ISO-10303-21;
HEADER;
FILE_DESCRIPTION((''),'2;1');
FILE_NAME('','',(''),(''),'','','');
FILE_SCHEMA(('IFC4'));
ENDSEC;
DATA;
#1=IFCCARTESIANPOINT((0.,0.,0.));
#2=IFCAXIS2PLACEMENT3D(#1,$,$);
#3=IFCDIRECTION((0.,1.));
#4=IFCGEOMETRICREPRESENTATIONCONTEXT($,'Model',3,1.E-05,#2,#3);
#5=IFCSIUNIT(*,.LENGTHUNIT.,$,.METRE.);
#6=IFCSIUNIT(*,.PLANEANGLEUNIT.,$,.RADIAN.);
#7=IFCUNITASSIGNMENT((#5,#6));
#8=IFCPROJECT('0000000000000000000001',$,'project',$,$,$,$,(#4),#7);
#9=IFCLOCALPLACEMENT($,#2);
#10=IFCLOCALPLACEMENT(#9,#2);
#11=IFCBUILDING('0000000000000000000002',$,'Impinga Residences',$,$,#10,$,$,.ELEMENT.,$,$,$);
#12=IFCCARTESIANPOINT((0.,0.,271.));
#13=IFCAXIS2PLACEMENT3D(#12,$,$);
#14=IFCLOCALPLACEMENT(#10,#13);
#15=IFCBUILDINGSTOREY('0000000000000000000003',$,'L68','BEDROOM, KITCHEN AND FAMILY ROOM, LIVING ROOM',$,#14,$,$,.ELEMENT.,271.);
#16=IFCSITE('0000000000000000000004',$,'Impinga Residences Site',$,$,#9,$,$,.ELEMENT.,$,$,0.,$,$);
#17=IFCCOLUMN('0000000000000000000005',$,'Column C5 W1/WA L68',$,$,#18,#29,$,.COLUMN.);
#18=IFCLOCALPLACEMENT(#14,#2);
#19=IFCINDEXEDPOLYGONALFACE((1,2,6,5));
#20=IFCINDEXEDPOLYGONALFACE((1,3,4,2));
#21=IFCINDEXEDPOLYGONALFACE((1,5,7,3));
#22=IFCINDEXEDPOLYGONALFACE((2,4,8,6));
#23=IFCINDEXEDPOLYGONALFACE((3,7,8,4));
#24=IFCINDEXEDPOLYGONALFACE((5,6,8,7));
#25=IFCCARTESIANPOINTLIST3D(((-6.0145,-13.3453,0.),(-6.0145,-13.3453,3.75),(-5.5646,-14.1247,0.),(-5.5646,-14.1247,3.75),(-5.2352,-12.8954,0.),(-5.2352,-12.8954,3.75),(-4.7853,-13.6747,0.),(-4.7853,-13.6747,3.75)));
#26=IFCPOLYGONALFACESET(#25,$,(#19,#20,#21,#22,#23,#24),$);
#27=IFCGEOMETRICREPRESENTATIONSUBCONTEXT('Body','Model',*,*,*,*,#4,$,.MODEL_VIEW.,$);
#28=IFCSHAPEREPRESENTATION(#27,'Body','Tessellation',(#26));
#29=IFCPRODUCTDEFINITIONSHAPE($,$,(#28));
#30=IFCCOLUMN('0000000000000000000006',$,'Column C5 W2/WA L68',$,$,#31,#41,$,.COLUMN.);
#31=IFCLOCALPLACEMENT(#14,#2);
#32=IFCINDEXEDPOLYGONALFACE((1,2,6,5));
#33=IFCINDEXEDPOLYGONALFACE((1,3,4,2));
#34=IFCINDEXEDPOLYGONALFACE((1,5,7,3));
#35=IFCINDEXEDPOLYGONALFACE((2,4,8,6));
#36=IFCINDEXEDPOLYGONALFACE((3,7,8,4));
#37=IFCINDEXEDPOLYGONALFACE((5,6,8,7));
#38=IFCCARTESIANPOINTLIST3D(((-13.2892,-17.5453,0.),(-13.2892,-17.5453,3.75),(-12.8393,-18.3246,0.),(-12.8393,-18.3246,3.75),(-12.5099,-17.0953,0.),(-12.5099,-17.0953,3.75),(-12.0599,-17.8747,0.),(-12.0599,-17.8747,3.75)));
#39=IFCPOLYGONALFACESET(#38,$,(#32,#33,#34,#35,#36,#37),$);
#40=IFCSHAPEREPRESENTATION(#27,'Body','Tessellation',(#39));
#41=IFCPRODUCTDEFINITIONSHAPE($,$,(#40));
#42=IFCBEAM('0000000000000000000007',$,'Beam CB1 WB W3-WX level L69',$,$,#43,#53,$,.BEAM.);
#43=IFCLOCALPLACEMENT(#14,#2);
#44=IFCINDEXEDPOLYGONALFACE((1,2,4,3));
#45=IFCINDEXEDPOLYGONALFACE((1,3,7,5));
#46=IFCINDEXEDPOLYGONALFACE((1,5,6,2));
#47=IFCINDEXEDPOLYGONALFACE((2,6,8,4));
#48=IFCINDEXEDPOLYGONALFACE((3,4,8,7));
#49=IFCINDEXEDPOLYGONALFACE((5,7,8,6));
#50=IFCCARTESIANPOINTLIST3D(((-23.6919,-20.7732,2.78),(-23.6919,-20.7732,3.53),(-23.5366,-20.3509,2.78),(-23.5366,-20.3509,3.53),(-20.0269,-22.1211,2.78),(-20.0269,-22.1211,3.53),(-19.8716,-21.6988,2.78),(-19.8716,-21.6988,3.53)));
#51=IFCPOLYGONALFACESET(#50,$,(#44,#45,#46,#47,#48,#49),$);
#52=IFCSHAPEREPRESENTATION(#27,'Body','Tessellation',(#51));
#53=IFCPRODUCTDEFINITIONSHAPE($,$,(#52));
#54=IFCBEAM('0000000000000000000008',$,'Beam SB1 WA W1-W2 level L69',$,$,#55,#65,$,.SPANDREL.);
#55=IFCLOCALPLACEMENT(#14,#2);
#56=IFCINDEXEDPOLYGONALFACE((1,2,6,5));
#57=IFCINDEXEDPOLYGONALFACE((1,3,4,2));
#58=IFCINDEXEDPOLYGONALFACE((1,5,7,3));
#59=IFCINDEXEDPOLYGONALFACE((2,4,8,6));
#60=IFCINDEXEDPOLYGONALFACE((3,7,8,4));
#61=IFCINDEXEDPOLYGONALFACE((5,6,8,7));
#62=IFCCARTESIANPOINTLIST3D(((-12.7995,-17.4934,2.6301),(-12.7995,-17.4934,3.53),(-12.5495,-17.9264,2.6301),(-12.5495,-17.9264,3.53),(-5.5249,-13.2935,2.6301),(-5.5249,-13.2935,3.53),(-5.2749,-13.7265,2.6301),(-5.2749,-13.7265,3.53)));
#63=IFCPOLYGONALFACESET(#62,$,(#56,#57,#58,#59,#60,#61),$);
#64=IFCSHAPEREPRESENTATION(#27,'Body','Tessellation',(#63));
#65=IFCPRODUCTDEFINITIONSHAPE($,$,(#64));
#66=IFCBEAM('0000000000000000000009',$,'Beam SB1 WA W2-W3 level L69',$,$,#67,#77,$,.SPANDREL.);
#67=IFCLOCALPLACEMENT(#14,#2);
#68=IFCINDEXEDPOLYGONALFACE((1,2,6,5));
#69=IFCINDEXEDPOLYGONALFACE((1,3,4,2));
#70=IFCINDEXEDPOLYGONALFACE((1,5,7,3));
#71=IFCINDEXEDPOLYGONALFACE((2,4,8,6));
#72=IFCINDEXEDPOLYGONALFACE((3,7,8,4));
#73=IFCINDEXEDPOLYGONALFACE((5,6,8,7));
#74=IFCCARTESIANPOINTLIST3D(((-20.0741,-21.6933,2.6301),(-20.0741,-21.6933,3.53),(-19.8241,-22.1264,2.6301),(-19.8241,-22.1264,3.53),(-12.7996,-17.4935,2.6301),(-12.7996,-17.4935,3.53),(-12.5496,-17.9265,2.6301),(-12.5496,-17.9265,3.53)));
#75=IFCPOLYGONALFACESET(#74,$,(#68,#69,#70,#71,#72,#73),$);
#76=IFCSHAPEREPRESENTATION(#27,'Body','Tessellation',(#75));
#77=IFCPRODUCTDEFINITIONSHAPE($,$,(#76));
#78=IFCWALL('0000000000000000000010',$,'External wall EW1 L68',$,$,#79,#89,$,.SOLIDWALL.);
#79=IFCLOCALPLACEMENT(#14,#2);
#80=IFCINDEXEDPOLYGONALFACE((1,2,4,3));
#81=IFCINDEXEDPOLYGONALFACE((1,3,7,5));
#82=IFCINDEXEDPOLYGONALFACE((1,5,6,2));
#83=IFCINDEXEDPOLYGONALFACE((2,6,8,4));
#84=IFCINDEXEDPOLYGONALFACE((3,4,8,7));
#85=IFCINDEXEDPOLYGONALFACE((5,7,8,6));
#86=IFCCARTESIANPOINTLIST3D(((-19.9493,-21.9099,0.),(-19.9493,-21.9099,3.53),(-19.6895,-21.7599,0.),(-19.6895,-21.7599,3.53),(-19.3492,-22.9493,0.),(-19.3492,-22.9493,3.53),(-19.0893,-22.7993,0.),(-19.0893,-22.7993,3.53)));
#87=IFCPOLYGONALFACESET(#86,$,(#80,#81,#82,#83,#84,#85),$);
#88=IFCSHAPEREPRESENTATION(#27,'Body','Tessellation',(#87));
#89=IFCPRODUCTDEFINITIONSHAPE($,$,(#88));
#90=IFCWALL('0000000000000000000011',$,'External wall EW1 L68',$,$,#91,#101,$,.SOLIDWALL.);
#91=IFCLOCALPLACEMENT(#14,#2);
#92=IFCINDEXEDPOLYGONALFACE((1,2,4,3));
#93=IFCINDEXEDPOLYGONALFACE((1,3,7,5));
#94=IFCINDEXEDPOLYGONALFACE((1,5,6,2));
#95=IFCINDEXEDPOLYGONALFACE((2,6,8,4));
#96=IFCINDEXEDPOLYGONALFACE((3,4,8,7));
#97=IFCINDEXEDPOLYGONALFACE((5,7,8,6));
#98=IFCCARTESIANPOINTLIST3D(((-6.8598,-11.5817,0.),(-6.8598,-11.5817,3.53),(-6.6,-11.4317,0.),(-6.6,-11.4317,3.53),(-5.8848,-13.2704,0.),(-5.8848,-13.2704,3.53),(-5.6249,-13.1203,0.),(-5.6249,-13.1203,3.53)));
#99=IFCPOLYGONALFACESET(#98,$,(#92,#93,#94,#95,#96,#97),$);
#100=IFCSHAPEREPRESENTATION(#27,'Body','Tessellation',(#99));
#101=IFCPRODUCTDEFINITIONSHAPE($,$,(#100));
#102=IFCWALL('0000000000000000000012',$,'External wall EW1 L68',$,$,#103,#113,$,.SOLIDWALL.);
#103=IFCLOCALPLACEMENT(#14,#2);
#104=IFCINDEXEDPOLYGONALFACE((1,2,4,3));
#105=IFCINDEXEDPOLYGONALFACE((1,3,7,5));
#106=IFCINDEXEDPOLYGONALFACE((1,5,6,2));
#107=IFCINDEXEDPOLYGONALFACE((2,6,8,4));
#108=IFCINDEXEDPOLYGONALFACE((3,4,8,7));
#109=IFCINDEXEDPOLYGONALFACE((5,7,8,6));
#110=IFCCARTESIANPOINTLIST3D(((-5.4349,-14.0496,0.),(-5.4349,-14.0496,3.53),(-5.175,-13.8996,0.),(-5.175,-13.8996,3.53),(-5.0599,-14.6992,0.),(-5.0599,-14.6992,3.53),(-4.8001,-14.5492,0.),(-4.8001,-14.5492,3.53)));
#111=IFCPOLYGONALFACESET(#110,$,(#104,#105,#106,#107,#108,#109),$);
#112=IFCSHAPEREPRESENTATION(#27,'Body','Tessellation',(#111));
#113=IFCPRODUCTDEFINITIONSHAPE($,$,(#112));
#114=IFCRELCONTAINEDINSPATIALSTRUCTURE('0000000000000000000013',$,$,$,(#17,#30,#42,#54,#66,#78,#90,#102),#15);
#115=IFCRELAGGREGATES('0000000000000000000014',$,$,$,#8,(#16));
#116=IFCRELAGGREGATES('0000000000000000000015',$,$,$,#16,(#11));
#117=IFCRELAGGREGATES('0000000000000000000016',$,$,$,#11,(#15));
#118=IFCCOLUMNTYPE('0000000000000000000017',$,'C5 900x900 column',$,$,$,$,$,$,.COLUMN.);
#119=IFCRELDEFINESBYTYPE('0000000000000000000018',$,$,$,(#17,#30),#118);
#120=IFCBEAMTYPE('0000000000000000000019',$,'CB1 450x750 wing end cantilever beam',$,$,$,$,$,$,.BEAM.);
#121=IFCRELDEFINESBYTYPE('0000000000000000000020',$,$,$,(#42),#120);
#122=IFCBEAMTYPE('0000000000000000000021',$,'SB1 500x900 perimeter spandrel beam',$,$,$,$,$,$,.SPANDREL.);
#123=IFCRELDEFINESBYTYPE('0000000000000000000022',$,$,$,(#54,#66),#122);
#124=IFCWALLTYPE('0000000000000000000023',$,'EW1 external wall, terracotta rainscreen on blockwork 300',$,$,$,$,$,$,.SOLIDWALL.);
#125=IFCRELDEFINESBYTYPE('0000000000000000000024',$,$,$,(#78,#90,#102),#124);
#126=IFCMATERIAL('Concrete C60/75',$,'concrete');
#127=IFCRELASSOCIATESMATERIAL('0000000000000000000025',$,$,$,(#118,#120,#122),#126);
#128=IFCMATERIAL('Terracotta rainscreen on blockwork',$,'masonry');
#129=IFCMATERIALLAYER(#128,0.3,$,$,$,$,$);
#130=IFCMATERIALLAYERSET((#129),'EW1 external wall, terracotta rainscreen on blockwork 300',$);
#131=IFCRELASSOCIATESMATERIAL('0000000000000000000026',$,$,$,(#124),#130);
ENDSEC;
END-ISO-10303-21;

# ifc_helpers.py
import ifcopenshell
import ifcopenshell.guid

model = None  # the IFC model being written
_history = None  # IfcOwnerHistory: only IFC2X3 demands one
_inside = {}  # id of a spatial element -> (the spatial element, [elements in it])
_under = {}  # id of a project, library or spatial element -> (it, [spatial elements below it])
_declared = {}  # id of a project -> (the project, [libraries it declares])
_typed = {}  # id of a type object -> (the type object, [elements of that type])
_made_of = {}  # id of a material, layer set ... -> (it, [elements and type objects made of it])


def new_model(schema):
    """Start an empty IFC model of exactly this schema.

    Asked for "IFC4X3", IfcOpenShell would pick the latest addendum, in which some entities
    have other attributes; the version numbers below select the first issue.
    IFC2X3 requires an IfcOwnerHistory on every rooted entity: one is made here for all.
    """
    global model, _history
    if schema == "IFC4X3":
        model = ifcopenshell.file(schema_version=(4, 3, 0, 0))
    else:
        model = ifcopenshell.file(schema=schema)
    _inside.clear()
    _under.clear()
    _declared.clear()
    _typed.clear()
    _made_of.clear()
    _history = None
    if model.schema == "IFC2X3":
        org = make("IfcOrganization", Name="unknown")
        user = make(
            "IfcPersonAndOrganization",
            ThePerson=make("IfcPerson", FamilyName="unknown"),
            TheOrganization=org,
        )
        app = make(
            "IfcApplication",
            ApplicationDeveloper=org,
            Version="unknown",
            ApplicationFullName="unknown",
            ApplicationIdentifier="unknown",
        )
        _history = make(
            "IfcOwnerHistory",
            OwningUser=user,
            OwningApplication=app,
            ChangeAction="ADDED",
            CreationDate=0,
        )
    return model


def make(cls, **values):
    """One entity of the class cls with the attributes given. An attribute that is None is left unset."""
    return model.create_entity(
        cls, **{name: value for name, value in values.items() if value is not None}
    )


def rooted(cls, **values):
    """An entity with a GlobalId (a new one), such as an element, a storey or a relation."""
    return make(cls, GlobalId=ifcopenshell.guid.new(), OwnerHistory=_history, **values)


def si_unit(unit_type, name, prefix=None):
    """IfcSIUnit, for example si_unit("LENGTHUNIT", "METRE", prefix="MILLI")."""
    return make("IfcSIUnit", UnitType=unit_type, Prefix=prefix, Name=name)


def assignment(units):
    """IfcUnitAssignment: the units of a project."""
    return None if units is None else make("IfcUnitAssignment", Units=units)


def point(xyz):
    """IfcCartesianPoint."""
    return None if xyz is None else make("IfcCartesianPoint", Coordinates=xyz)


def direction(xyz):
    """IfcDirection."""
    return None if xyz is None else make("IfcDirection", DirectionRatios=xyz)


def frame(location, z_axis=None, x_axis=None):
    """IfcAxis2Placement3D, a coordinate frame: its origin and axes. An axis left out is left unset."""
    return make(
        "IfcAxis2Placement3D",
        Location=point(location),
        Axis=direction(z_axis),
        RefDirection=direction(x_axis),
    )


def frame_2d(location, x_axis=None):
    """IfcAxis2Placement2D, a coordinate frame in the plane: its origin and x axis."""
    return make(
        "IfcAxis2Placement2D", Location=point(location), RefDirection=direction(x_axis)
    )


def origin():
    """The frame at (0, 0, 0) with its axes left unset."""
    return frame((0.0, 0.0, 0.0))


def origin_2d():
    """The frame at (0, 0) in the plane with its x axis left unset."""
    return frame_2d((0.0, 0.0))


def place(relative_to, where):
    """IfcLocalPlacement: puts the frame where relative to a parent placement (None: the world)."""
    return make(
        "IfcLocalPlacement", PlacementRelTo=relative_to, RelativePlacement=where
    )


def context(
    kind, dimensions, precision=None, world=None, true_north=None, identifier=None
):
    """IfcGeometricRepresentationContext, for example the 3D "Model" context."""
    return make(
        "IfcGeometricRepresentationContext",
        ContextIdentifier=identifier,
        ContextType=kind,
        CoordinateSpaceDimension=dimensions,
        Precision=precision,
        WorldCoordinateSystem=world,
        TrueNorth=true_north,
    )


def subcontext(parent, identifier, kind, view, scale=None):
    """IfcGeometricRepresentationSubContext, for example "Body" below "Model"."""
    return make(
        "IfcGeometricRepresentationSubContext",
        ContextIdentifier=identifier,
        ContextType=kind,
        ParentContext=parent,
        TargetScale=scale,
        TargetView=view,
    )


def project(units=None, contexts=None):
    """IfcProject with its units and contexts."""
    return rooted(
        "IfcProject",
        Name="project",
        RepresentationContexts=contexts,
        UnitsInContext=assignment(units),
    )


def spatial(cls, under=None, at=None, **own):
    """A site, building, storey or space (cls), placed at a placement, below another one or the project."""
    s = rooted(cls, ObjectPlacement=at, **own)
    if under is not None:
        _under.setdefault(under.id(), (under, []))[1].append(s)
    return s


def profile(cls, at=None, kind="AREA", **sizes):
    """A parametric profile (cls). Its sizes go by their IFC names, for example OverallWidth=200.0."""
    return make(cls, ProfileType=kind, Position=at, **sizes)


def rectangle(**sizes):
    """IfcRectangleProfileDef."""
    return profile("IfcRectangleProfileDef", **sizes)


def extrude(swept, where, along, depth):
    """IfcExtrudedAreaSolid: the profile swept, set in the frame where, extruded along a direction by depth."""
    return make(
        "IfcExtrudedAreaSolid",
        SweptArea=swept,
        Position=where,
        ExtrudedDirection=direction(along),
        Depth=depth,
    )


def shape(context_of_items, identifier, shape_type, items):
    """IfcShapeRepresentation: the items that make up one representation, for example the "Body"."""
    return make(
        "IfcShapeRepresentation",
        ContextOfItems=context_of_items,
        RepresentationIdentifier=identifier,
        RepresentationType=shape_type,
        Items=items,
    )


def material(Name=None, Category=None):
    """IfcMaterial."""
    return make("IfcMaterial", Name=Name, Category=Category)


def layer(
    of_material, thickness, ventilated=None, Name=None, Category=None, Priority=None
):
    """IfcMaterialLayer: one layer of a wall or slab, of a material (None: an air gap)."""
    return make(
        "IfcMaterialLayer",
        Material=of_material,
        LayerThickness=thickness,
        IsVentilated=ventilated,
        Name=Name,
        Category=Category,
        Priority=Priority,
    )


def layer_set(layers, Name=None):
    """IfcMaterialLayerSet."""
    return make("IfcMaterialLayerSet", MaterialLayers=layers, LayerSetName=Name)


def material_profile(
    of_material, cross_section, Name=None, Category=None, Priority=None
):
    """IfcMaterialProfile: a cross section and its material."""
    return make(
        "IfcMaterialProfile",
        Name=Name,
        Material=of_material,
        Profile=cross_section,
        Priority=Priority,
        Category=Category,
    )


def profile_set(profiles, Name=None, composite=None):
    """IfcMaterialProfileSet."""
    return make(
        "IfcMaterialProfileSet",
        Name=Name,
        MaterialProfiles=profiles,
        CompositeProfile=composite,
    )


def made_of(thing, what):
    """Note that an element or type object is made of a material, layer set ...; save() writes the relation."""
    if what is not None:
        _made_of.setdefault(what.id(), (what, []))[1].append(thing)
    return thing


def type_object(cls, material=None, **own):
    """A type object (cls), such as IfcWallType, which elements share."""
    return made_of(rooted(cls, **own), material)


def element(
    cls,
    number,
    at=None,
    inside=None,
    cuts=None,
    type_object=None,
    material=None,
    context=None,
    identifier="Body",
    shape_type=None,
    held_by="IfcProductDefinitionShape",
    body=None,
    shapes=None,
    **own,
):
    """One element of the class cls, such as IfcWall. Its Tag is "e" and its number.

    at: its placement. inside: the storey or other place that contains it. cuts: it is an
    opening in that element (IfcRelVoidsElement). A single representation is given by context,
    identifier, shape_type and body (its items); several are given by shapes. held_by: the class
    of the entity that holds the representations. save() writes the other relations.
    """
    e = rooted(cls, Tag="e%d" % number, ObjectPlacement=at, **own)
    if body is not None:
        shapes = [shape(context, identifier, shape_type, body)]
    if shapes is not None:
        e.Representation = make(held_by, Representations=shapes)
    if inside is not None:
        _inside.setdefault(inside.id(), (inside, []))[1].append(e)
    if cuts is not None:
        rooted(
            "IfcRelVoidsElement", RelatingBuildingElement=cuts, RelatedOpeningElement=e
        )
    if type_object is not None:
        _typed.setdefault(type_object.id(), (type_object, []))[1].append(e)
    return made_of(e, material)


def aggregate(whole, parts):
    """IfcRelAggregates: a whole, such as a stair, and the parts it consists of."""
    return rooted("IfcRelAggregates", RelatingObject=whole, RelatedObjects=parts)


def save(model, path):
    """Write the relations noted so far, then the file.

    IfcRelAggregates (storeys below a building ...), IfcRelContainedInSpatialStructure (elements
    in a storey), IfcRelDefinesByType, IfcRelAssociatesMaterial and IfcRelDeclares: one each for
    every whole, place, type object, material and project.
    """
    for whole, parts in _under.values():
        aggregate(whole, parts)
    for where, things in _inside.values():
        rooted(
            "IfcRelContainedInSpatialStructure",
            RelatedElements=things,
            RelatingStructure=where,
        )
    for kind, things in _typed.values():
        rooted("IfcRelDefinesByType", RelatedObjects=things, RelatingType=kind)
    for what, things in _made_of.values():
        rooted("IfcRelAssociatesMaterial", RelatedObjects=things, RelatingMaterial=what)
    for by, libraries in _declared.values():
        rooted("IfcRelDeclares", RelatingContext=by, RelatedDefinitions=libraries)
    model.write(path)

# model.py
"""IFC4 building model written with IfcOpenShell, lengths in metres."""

from ifc_helpers import new_model, si_unit, direction, frame, frame_2d, origin, origin_2d, place, context, subcontext, project, spatial, rectangle, extrude, material, layer, layer_set, material_profile, profile_set, type_object, element, save


model = new_model("IFC4")

# Units and contexts
model_context = context("Model", 3, precision=1e-05, world=origin(), true_north=direction((0.0, 1.0)))
body_context = subcontext(model_context, "Body", "Model", "MODEL_VIEW")
ifc_project = project(units=[si_unit("LENGTHUNIT", "METRE"), si_unit("PLANEANGLEUNIT", "RADIAN")], contexts=[model_context])

# Site, building, storey
site_placement = place(None, origin())
site = spatial("IfcSite", under=ifc_project, at=site_placement, Name="Impinga Residences Site", CompositionType="ELEMENT", RefElevation=0.0)
building_placement = place(site_placement, origin())
building = spatial("IfcBuilding", under=site, at=building_placement, Name="Impinga Residences", CompositionType="ELEMENT")
storey_placement = place(building_placement, frame((0.0, 0.0, 271.0)))
storey = spatial("IfcBuildingStorey", under=building, at=storey_placement, Name="L68", Description="BEDROOM, KITCHEN AND FAMILY ROOM, LIVING ROOM", CompositionType="ELEMENT", Elevation=271.0)

# Columns
ifc_material_1 = material(Name="Concrete C60/75", Category="concrete")
ifc_material_profile_1 = material_profile(ifc_material_1, rectangle(XDim=0.8999, YDim=0.8999, at=origin_2d()), Name="RC 900x900")
ifc_profile_set_1 = profile_set([ifc_material_profile_1], Name="Concrete C60/75")
column_type = type_object("IfcColumnType", Name="C5 900x900 column", PredefinedType="COLUMN", material=ifc_profile_set_1)
for number, where, z_axis, x_axis, name in (
    (1, (-5.3999, -13.51, 0.0), (0.0, 0.0, 1.0), (-0.5, 0.866025, 0.0), "Column C5 W1/WA L68"),
    (2, (-12.6746, -17.71, 0.0), (0.0, 0.0, 1.0), (-0.5, 0.866025, 0.0), "Column C5 W2/WA L68"),
):
    element("IfcColumn", number, at=place(storey_placement, frame(where, z_axis=z_axis, x_axis=x_axis)), inside=storey, type_object=column_type, Name=name, PredefinedType="COLUMN", context=body_context, shape_type="SweptSolid", body=[
        extrude(rectangle(XDim=0.8999, YDim=0.8999, at=origin_2d()), origin(), (0.0, 0.0, 1.0), 3.75),
    ])

# Beams
ifc_material_profile_2 = material_profile(ifc_material_1, rectangle(XDim=0.45, YDim=0.75, at=origin_2d()), Name="RC 450x750")
ifc_profile_set_2 = profile_set([ifc_material_profile_2], Name="Concrete C60/75")
beam_type_1 = type_object("IfcBeamType", Name="CB1 450x750 wing end cantilever beam", PredefinedType="BEAM", material=ifc_profile_set_2)
beam_placement = place(storey_placement, frame((-19.9492, -21.9099, 3.155), z_axis=(-0.93854, 0.345169, 0.0), x_axis=(-0.345169, -0.93854, 0.0)))
element("IfcBeam", 3, at=beam_placement, inside=storey, type_object=beam_type_1, Name="Beam CB1 WB W3-WX level L69", PredefinedType="BEAM", context=body_context, shape_type="SweptSolid", body=[
    extrude(rectangle(XDim=0.45, YDim=0.75, at=origin_2d()), origin(), (0.0, 0.0, 1.0), 3.905),
])
ifc_material_profile_3 = material_profile(ifc_material_1, rectangle(XDim=0.5, YDim=0.8999, at=origin_2d()), Name="RC 500x900")
ifc_profile_set_3 = profile_set([ifc_material_profile_3], Name="Concrete C60/75")
beam_type_2 = type_object("IfcBeamType", Name="SB1 500x900 perimeter spandrel beam", PredefinedType="SPANDREL", material=ifc_profile_set_3)
for number, where, z_axis, x_axis, name in (
    (4, (-5.3999, -13.51, 3.0801), (-0.866029, -0.499993, 0.0), (0.499993, -0.866029, 0.0), "Beam SB1 WA W1-W2 level L69"),
    (5, (-12.6746, -17.71, 3.0801), (-0.866029, -0.499993, 0.0), (0.499993, -0.866029, 0.0), "Beam SB1 WA W2-W3 level L69"),
):
    element("IfcBeam", number, at=place(storey_placement, frame(where, z_axis=z_axis, x_axis=x_axis)), inside=storey, type_object=beam_type_2, Name=name, PredefinedType="SPANDREL", context=body_context, shape_type="SweptSolid", body=[
        extrude(rectangle(XDim=0.5, YDim=0.8999, at=origin_2d()), origin(), (0.0, 0.0, 1.0), 8.3999),
    ])

# Walls
ifc_material_2 = material(Name="Terracotta rainscreen on blockwork", Category="masonry")
ifc_layer_1 = layer(ifc_material_2, 0.3)
ifc_layer_set_1 = layer_set([ifc_layer_1], Name="EW1 external wall, terracotta rainscreen on blockwork 300")
wall_type_1 = type_object("IfcWallType", Name="EW1 external wall, terracotta rainscreen on blockwork 300", PredefinedType="SOLIDWALL", material=ifc_layer_set_1)
wall_1_placement = place(storey_placement, frame((-19.2192, -22.8743, 0.0), z_axis=(0.0, 0.0, 1.0), x_axis=(-0.500034, 0.866006, 0.0)))
element("IfcWall", 6, at=wall_1_placement, inside=storey, type_object=wall_type_1, Name="External wall EW1 L68", PredefinedType="SOLIDWALL", context=body_context, shape_type="SweptSolid", body=[
    extrude(rectangle(XDim=1.2002, YDim=0.3, at=frame_2d((0.6001, 0.0))), origin(), (0.0, 0.0, 1.0), 3.53),
])
wall_2_placement = place(storey_placement, frame((-6.73, -11.5066, 0.0), z_axis=(0.0, 0.0, 1.0), x_axis=(0.500044, -0.866, 0.0)))
element("IfcWall", 7, at=wall_2_placement, inside=storey, type_object=wall_type_1, Name="External wall EW1 L68", PredefinedType="SOLIDWALL", context=body_context, shape_type="SweptSolid", body=[
    extrude(rectangle(XDim=1.95, YDim=0.3, at=frame_2d((0.9751, 0.0))), origin(), (0.0, 0.0, 1.0), 3.53),
])
wall_3_placement = place(storey_placement, frame((-5.3049, -13.9746, 0.0), z_axis=(0.0, 0.0, 1.0), x_axis=(0.49992, -0.866072, 0.0)))
element("IfcWall", 8, at=wall_3_placement, inside=storey, type_object=wall_type_1, Name="External wall EW1 L68", PredefinedType="SOLIDWALL", context=body_context, shape_type="SweptSolid", body=[
    extrude(rectangle(XDim=0.75, YDim=0.3, at=frame_2d((0.375, 0.0))), origin(), (0.0, 0.0, 1.0), 3.53),
])

save(model, "model.ifc")
